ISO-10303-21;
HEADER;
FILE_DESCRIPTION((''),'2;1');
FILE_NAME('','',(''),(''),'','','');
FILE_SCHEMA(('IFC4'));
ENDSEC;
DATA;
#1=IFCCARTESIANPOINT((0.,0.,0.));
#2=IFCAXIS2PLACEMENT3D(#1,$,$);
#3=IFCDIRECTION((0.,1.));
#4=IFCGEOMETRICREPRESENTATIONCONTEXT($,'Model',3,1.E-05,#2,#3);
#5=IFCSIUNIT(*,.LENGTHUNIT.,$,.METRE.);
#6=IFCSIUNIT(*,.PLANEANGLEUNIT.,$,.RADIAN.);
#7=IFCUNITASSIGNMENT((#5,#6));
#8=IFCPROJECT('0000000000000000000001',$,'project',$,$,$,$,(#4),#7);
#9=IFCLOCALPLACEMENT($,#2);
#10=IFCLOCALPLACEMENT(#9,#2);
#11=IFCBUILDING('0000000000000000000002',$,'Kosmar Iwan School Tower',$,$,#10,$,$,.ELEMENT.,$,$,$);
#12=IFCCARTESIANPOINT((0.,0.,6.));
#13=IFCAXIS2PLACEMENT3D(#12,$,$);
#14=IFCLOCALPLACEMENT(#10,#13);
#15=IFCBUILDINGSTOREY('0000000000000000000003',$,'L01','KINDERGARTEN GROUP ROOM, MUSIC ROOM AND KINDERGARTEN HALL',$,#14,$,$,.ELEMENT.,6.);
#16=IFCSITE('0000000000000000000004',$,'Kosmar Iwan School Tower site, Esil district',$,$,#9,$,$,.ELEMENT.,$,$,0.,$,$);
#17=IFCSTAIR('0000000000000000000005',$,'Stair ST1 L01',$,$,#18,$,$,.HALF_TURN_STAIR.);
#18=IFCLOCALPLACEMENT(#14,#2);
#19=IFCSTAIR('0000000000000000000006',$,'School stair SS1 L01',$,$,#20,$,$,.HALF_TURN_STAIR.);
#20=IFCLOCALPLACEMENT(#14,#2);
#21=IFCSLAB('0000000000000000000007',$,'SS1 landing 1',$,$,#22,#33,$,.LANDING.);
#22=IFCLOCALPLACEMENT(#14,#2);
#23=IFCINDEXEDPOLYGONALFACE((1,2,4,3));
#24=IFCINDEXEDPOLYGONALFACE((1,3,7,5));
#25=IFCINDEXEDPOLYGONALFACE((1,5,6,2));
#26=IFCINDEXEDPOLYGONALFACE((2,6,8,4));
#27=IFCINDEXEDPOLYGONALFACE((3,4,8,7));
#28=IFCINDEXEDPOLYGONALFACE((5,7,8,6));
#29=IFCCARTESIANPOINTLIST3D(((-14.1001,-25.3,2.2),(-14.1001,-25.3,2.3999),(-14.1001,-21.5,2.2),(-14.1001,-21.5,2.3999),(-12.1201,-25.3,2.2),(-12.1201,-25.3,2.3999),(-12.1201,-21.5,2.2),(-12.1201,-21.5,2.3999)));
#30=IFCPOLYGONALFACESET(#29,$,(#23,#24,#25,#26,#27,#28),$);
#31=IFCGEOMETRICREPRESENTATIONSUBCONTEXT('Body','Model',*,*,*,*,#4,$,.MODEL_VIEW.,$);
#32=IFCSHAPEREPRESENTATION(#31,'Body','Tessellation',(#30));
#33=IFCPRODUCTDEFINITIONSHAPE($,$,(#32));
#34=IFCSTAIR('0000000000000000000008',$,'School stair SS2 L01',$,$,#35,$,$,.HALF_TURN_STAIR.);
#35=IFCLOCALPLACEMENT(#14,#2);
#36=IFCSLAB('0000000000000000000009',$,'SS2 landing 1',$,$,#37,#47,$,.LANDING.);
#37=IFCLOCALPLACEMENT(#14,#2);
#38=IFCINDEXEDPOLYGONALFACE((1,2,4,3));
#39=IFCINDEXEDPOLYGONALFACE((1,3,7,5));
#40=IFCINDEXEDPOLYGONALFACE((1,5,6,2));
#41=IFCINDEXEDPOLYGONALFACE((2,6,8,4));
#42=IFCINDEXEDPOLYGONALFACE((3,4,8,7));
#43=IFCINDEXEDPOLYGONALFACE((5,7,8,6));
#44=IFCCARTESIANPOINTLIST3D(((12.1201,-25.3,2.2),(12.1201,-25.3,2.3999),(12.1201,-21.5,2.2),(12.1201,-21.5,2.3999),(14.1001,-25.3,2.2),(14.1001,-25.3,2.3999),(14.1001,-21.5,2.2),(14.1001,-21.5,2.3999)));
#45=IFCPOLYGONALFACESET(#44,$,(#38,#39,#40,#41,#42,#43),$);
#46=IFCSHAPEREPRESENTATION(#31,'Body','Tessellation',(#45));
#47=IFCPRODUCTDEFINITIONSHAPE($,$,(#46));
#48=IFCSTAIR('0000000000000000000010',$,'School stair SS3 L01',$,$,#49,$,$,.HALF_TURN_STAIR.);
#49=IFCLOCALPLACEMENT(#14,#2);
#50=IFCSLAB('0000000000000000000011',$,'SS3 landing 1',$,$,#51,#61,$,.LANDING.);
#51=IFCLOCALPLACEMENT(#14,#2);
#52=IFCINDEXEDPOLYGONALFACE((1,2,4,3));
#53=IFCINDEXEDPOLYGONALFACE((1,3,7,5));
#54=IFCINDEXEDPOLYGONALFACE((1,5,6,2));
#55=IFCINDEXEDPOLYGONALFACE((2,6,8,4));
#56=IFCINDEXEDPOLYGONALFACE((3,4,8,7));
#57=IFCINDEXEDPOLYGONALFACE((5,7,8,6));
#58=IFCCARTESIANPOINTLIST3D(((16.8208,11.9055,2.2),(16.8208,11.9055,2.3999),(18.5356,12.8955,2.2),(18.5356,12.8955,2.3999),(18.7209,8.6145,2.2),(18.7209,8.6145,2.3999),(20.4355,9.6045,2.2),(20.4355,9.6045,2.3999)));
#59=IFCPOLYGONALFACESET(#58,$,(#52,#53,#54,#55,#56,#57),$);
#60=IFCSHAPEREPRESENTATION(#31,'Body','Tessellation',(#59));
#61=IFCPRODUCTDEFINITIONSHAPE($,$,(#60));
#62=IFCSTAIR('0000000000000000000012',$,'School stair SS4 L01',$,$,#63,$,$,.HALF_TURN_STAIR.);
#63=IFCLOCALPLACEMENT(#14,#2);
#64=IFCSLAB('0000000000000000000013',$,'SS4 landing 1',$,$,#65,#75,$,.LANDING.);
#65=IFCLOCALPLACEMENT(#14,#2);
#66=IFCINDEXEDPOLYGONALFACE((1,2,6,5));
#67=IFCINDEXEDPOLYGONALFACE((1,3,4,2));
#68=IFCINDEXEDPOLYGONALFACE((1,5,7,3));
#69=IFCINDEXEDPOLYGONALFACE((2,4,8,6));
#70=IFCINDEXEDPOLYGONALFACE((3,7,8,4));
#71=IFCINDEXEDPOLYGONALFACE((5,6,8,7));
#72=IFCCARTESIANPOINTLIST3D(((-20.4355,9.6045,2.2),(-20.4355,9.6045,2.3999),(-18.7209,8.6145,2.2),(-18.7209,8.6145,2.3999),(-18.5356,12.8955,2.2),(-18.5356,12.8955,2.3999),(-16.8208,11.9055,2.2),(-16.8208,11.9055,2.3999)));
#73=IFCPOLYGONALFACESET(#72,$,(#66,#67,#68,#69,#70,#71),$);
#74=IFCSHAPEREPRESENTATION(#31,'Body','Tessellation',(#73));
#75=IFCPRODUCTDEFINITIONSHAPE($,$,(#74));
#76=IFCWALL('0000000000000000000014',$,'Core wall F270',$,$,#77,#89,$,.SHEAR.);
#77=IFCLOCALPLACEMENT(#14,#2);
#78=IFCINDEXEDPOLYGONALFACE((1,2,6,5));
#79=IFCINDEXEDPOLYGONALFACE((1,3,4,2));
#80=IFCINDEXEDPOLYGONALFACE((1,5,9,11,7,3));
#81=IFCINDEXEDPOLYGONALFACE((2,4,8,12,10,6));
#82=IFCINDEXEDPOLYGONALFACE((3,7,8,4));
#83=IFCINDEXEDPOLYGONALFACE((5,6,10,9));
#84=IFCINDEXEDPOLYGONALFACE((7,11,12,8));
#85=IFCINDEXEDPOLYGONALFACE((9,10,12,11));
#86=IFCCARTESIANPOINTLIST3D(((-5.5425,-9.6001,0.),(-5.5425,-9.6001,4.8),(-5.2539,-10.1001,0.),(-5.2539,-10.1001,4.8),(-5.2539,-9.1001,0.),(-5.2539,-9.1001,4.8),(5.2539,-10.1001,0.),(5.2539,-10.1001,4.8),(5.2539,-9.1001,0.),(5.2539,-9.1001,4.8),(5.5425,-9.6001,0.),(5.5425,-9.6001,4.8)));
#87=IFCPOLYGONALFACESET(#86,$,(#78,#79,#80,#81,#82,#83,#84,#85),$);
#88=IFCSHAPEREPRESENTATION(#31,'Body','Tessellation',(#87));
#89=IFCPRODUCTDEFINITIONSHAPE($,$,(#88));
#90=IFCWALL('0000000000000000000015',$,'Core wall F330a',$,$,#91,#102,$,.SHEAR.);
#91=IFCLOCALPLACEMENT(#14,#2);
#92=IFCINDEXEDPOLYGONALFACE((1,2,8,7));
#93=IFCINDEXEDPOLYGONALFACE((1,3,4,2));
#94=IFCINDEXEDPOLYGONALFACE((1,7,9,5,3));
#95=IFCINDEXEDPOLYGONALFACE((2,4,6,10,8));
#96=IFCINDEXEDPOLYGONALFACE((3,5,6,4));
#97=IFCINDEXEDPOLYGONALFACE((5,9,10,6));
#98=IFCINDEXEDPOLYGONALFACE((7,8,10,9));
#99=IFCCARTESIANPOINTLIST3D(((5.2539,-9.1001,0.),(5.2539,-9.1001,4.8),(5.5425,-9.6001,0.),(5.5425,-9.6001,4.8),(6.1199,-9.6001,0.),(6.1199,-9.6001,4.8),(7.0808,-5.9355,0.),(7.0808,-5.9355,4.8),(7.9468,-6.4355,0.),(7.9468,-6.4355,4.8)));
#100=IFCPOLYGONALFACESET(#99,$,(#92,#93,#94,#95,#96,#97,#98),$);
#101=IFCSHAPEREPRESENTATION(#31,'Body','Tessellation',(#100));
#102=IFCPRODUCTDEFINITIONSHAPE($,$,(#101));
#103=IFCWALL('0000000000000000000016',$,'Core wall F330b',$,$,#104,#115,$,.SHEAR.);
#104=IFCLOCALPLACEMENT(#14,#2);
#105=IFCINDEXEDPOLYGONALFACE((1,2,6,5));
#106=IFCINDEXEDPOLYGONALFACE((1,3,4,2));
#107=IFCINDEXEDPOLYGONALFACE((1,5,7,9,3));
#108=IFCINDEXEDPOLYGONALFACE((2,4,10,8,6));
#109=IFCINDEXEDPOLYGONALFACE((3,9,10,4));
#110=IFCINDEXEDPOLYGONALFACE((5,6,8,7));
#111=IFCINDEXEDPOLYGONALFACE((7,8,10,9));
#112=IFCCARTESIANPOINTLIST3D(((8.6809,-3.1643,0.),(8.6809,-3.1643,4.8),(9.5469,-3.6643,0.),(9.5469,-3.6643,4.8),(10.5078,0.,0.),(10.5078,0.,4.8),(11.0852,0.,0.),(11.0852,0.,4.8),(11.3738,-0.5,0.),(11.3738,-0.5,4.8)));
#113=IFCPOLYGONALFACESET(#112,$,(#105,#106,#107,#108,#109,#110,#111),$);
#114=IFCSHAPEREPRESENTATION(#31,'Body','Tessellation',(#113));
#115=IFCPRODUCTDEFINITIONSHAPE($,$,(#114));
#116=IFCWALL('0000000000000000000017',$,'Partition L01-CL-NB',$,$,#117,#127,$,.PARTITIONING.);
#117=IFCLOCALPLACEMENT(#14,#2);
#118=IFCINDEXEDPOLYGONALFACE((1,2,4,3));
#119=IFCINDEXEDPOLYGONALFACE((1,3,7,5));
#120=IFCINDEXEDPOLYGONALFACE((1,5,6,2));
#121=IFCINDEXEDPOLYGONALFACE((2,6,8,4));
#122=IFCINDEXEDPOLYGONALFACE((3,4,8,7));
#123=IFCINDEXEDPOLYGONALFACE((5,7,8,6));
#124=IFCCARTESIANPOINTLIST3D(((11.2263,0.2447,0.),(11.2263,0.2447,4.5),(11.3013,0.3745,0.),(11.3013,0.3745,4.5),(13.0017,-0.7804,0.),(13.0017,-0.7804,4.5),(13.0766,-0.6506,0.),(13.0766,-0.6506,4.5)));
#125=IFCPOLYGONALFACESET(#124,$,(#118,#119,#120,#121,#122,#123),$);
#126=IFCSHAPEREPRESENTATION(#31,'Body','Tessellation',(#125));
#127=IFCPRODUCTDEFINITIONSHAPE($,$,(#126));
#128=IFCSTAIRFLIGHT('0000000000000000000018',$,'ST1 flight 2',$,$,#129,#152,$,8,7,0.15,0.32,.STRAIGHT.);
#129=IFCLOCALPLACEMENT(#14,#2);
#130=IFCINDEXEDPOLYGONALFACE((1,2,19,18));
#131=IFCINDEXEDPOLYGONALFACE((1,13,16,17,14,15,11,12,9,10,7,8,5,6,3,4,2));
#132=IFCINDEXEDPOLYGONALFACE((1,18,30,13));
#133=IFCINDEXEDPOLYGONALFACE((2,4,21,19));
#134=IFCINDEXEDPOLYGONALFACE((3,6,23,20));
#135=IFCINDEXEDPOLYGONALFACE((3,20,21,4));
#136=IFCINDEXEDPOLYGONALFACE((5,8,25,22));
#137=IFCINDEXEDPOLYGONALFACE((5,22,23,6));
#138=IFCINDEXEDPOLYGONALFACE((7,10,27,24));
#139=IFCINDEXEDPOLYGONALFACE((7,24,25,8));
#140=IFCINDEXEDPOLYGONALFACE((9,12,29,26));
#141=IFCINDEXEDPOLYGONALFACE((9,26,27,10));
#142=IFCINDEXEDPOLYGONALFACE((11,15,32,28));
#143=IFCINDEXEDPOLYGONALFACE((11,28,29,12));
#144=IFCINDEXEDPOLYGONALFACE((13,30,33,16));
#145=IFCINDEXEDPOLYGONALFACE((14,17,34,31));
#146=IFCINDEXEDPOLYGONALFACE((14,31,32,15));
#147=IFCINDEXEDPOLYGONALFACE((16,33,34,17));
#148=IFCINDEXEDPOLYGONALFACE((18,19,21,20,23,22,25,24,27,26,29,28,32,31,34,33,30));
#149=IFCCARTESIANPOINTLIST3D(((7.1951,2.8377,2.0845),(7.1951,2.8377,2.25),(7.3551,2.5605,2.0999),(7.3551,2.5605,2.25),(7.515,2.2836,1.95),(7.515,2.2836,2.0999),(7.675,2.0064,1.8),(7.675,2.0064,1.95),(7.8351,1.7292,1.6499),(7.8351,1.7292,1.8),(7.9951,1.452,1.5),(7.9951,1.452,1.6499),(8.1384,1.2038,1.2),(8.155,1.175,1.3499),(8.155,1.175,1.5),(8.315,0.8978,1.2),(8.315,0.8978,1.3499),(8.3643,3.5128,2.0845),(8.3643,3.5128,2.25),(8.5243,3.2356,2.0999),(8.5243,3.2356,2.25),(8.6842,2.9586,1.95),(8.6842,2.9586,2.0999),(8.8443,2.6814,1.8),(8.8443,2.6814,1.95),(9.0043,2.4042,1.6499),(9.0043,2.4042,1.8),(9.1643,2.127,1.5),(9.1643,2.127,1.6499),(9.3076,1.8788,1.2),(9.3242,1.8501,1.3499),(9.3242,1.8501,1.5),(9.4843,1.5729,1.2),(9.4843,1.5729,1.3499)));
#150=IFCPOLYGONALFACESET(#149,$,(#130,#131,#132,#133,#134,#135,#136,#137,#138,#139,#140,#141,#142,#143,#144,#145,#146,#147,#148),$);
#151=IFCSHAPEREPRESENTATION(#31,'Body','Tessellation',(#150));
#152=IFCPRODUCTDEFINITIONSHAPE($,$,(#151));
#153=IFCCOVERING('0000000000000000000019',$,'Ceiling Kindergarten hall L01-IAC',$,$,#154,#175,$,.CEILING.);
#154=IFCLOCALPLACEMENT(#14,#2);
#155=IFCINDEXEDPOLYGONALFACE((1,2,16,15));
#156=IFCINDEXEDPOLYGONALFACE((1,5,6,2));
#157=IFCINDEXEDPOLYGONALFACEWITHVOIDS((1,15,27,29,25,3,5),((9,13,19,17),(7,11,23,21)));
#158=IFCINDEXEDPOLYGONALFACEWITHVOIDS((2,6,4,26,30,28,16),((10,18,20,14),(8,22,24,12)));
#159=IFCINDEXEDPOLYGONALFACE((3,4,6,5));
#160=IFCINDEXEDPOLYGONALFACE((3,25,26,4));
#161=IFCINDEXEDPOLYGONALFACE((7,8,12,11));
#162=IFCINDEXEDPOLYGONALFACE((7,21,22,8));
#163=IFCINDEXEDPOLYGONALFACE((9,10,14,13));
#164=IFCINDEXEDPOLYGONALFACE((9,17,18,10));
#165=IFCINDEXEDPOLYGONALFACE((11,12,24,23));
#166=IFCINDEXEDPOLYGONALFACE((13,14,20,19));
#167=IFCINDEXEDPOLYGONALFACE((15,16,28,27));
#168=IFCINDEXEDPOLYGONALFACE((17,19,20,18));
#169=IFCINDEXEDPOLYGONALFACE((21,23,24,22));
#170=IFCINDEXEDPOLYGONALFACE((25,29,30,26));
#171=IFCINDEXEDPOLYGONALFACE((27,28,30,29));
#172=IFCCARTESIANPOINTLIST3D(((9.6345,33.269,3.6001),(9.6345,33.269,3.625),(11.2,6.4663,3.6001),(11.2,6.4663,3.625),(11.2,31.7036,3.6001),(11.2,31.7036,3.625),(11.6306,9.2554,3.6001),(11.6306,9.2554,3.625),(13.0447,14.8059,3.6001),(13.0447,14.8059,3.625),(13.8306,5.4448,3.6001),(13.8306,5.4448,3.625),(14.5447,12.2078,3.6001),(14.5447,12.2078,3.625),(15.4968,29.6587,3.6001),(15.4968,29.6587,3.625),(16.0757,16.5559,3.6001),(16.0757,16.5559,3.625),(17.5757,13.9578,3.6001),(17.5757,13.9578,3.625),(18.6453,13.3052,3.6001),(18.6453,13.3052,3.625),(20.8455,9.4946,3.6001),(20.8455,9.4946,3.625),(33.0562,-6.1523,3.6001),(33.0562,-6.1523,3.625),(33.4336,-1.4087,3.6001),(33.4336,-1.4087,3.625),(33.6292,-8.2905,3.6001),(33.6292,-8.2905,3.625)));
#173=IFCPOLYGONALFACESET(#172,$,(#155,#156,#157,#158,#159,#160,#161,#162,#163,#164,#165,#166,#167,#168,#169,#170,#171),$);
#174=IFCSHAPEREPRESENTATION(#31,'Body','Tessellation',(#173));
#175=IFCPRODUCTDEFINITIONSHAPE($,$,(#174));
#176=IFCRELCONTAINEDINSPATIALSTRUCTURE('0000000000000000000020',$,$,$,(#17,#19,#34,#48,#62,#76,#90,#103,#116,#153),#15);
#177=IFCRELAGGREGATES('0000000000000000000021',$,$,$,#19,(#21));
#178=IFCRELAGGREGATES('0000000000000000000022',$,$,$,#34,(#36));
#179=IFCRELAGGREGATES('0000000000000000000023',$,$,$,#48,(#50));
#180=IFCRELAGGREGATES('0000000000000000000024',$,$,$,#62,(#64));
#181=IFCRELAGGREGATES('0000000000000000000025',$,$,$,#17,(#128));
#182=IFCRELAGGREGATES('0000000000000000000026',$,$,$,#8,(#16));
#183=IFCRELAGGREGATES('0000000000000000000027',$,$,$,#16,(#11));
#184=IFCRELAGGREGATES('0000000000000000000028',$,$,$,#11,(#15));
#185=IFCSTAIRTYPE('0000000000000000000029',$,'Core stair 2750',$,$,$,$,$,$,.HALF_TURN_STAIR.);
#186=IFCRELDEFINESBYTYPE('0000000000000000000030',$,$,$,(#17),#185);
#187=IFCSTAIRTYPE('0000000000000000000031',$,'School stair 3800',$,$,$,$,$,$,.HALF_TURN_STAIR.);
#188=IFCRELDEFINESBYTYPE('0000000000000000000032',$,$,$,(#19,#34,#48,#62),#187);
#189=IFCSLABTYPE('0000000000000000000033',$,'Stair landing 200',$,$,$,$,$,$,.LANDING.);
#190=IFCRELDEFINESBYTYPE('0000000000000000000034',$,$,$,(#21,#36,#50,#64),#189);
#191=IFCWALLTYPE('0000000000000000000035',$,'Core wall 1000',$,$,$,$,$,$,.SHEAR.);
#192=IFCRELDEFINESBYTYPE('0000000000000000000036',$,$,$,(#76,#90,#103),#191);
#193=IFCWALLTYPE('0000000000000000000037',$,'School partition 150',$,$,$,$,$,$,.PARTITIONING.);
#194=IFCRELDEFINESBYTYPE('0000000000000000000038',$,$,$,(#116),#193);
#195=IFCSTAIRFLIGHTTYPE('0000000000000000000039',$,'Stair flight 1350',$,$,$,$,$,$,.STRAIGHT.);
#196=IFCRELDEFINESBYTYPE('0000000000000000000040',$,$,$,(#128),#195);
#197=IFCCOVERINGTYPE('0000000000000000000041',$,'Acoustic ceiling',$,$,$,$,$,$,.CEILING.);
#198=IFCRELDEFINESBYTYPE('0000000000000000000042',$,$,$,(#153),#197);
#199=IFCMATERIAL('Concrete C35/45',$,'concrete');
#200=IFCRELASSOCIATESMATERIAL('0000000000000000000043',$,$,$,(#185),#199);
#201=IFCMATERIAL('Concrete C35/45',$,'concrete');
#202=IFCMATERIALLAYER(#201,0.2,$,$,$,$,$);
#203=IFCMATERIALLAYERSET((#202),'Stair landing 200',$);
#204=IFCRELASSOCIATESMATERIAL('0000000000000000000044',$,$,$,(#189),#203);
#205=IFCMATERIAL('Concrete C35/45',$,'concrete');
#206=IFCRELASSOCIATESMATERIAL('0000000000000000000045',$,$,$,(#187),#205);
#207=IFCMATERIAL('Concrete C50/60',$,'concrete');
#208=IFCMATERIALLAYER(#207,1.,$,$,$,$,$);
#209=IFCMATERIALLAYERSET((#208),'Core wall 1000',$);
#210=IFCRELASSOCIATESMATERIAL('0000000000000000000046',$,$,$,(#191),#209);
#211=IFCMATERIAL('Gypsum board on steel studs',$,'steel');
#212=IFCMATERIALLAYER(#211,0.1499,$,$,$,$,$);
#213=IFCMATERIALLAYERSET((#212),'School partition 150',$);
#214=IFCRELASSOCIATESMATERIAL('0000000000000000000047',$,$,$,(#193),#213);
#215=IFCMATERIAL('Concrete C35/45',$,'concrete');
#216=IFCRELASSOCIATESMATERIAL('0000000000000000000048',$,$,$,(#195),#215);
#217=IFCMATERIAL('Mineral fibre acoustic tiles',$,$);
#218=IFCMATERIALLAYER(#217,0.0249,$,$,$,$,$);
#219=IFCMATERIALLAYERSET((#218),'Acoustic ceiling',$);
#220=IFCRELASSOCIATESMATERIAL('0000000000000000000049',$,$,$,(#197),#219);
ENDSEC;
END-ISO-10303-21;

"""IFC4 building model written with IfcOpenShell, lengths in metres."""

from ifc_helpers import new_model, si_unit, direction, frame, frame_2d, origin, place, context, subcontext, project, spatial, polyline, rectangle, outline, extrude, material, layer, layer_set, type_object, element, aggregate, save


model = new_model("IFC4")

# Units and contexts
model_context = context("Model", 3, precision=1e-05, world=origin(), true_north=direction((0.0, 1.0)))
body_context = subcontext(model_context, "Body", "Model", "MODEL_VIEW")
ifc_project = project(units=[si_unit("LENGTHUNIT", "METRE"), si_unit("PLANEANGLEUNIT", "RADIAN")], contexts=[model_context])

# Site, building, storey
site_placement = place(None, origin())
site = spatial("IfcSite", under=ifc_project, at=site_placement, Name="Kosmar Iwan School Tower site, Esil district", CompositionType="ELEMENT", RefElevation=0.0)
building_placement = place(site_placement, origin())
building = spatial("IfcBuilding", under=site, at=building_placement, Name="Kosmar Iwan School Tower", CompositionType="ELEMENT")
storey_placement = place(building_placement, frame((0.0, 0.0, 6.0)))
storey = spatial("IfcBuildingStorey", under=building, at=storey_placement, Name="L01", Description="KINDERGARTEN GROUP ROOM, MUSIC ROOM AND KINDERGARTEN HALL", CompositionType="ELEMENT", Elevation=6.0)

# Stair
ifc_material_1 = material(Name="Concrete C35/45", Category="concrete")
stair_type_1 = type_object("IfcStairType", Name="Core stair 2750", PredefinedType="HALF_TURN_STAIR", material=ifc_material_1)
ifc_material_2 = material(Name="Concrete C35/45", Category="concrete")
ifc_layer_1 = layer(ifc_material_2, 0.2)
ifc_layer_set_1 = layer_set([ifc_layer_1], Name="Stair landing 200")
slab_type_1 = type_object("IfcSlabType", Name="Stair landing 200", PredefinedType="LANDING", material=ifc_layer_set_1)
stair_1_placement = place(storey_placement, origin())
stair_1 = element("IfcStair", 1, at=stair_1_placement, inside=storey, type_object=stair_type_1, Name="Stair ST1 L01", PredefinedType="HALF_TURN_STAIR")

# Stairs, slabs
ifc_material_3 = material(Name="Concrete C35/45", Category="concrete")
stair_type_2 = type_object("IfcStairType", Name="School stair 3800", PredefinedType="HALF_TURN_STAIR", material=ifc_material_3)
stair_2_placement = place(storey_placement, origin())
stair_2 = element("IfcStair", 2, at=stair_2_placement, inside=storey, type_object=stair_type_2, Name="School stair SS1 L01", PredefinedType="HALF_TURN_STAIR")
slab_1_placement = place(storey_placement, frame((0.0, 0.0, 2.2)))
slab_1 = element("IfcSlab", 3, at=slab_1_placement, type_object=slab_type_1, Name="SS1 landing 1", PredefinedType="LANDING", context=body_context, shape_type="SweptSolid", body=[
    extrude(outline(polyline([(-14.1001, -21.5), (-14.1001, -25.3), (-12.1201, -25.3), (-12.1201, -21.5), (-14.1001, -21.5)])), origin(), (0.0, 0.0, 1.0), 0.2),
])
aggregate(stair_2, [slab_1])
stair_3_placement = place(storey_placement, origin())
stair_3 = element("IfcStair", 4, at=stair_3_placement, inside=storey, type_object=stair_type_2, Name="School stair SS2 L01", PredefinedType="HALF_TURN_STAIR")
slab_2_placement = place(storey_placement, frame((0.0, 0.0, 2.2)))
slab_2 = element("IfcSlab", 5, at=slab_2_placement, type_object=slab_type_1, Name="SS2 landing 1", PredefinedType="LANDING", context=body_context, shape_type="SweptSolid", body=[
    extrude(outline(polyline([(12.1201, -21.5), (12.1201, -25.3), (14.1001, -25.3), (14.1001, -21.5), (12.1201, -21.5)])), origin(), (0.0, 0.0, 1.0), 0.2),
])
aggregate(stair_3, [slab_2])
stair_4_placement = place(storey_placement, origin())
stair_4 = element("IfcStair", 6, at=stair_4_placement, inside=storey, type_object=stair_type_2, Name="School stair SS3 L01", PredefinedType="HALF_TURN_STAIR")
slab_3_placement = place(storey_placement, frame((0.0, 0.0, 2.2)))
slab_3 = element("IfcSlab", 7, at=slab_3_placement, type_object=slab_type_1, Name="SS3 landing 1", PredefinedType="LANDING", context=body_context, shape_type="SweptSolid", body=[
    extrude(outline(polyline([(18.7209, 8.6145), (20.4355, 9.6045), (18.5356, 12.8955), (16.8208, 11.9055), (18.7209, 8.6145)])), origin(), (0.0, 0.0, 1.0), 0.2),
])
aggregate(stair_4, [slab_3])
stair_5_placement = place(storey_placement, origin())
stair_5 = element("IfcStair", 8, at=stair_5_placement, inside=storey, type_object=stair_type_2, Name="School stair SS4 L01", PredefinedType="HALF_TURN_STAIR")
slab_4_placement = place(storey_placement, frame((0.0, 0.0, 2.2)))
slab_4 = element("IfcSlab", 9, at=slab_4_placement, type_object=slab_type_1, Name="SS4 landing 1", PredefinedType="LANDING", context=body_context, shape_type="SweptSolid", body=[
    extrude(outline(polyline([(-16.8208, 11.9055), (-18.5356, 12.8955), (-20.4355, 9.6045), (-18.7209, 8.6145), (-16.8208, 11.9055)])), origin(), (0.0, 0.0, 1.0), 0.2),
])
aggregate(stair_5, [slab_4])

# Walls
ifc_material_4 = material(Name="Concrete C50/60", Category="concrete")
ifc_layer_2 = layer(ifc_material_4, 1.0)
ifc_layer_set_2 = layer_set([ifc_layer_2], Name="Core wall 1000")
wall_type_1 = type_object("IfcWallType", Name="Core wall 1000", PredefinedType="SHEAR", material=ifc_layer_set_2)
wall_1_placement = place(storey_placement, origin())
element("IfcWall", 10, at=wall_1_placement, inside=storey, type_object=wall_type_1, Name="Core wall F270", PredefinedType="SHEAR", context=body_context, shape_type="SweptSolid", body=[
    extrude(outline(polyline([(-5.2539, -10.1001), (5.2539, -10.1001), (5.5425, -9.6001), (5.2539, -9.1001), (-5.2539, -9.1001), (-5.5425, -9.6001), (-5.2539, -10.1001)])), origin(), (0.0, 0.0, 1.0), 4.8),
])
wall_2_placement = place(storey_placement, origin())
element("IfcWall", 11, at=wall_2_placement, inside=storey, type_object=wall_type_1, Name="Core wall F330a", PredefinedType="SHEAR", context=body_context, shape_type="SweptSolid", body=[
    extrude(outline(polyline([(5.5425, -9.6001), (6.1199, -9.6001), (7.9468, -6.4355), (7.0808, -5.9355), (5.2539, -9.1001), (5.5425, -9.6001)])), origin(), (0.0, 0.0, 1.0), 4.8),
])
wall_3_placement = place(storey_placement, origin())
element("IfcWall", 12, at=wall_3_placement, inside=storey, type_object=wall_type_1, Name="Core wall F330b", PredefinedType="SHEAR", context=body_context, shape_type="SweptSolid", body=[
    extrude(outline(polyline([(9.5469, -3.6643), (11.3738, -0.5), (11.0852, 0.0), (10.5078, 0.0), (8.6809, -3.1643), (9.5469, -3.6643)])), origin(), (0.0, 0.0, 1.0), 4.8),
])
ifc_material_5 = material(Name="Gypsum board on steel studs", Category="steel")
ifc_layer_3 = layer(ifc_material_5, 0.1499)
ifc_layer_set_3 = layer_set([ifc_layer_3], Name="School partition 150")
wall_type_2 = type_object("IfcWallType", Name="School partition 150", PredefinedType="PARTITIONING", material=ifc_layer_set_3)
wall_4_placement = place(storey_placement, frame((11.2639, 0.3096, 0.0), z_axis=(0.0, 0.0, 1.0), x_axis=(0.865999, -0.500045, 0.0)))
element("IfcWall", 13, at=wall_4_placement, inside=storey, type_object=wall_type_2, Name="Partition L01-CL-NB", PredefinedType="PARTITIONING", context=body_context, shape_type="SweptSolid", body=[
    extrude(rectangle(XDim=2.05, YDim=0.1499, at=frame_2d((1.0249, 0.0))), origin(), (0.0, 0.0, 1.0), 4.5),
])

# Stair flight
ifc_material_6 = material(Name="Concrete C35/45", Category="concrete")
stair_flight_type = type_object("IfcStairFlightType", Name="Stair flight 1350", PredefinedType="STRAIGHT", material=ifc_material_6)
stair_flight_placement = place(storey_placement, frame((8.8997, 1.2354, 1.2), z_axis=(0.0, 0.0, 1.0), x_axis=(-0.5, 0.866025, 0.0)))
stair_flight = element("IfcStairFlight", 14, at=stair_flight_placement, type_object=stair_flight_type, Name="ST1 flight 2", NumberOfRisers=8, NumberOfTreads=7, PredefinedType="STRAIGHT", RiserHeight=0.15, TreadLength=0.32, context=body_context, shape_type="SweptSolid", body=[
    extrude(outline(polyline([(0.0, 0.0), (0.0, 0.1499), (0.3201, 0.1499), (0.3201, 0.3), (0.6399, 0.3), (0.6399, 0.45), (0.96, 0.45), (0.96, 0.6001), (1.28, 0.6001), (1.28, 0.75), (1.6001, 0.75), (1.6001, 0.8999), (1.9199, 0.8999), (1.9199, 1.05), (2.24, 1.05), (2.24, 1.2), (2.24, 0.8845), (0.3533, 0.0), (0.0, 0.0)])), frame((0.0, 0.675, 0.0), z_axis=(0.0, -1.0, 0.0), x_axis=(1.0, 0.0, 0.0)), (0.0, 0.0, 1.0), 1.3501),
])
aggregate(stair_1, [stair_flight])

# Covering
ifc_material_7 = material(Name="Mineral fibre acoustic tiles")
ifc_layer_4 = layer(ifc_material_7, 0.0249)
ifc_layer_set_4 = layer_set([ifc_layer_4], Name="Acoustic ceiling")
covering_type = type_object("IfcCoveringType", Name="Acoustic ceiling", PredefinedType="CEILING", material=ifc_layer_set_4)
covering_placement = place(storey_placement, frame((0.0, 0.0, 3.6001)))
element("IfcCovering", 15, at=covering_placement, inside=storey, type_object=covering_type, Name="Ceiling Kindergarten hall L01-IAC", PredefinedType="CEILING", context=body_context, shape_type="SweptSolid", body=[
    extrude(outline(polyline([(33.6292, -8.2905), (33.4336, -1.4087), (15.4968, 29.6587), (9.6345, 33.269), (11.2, 31.7036), (11.2, 6.4663), (33.0562, -6.1523), (33.6292, -8.2905)]), holes=[polyline([(18.6453, 13.3052), (11.6306, 9.2554), (13.8306, 5.4448), (20.8455, 9.4946), (18.6453, 13.3052)]), polyline([(17.5757, 13.9578), (16.0757, 16.5559), (13.0447, 14.8059), (14.5447, 12.2078), (17.5757, 13.9578)])]), origin(), (0.0, 0.0, 1.0), 0.0249),
])

save(model, "model.ifc")
